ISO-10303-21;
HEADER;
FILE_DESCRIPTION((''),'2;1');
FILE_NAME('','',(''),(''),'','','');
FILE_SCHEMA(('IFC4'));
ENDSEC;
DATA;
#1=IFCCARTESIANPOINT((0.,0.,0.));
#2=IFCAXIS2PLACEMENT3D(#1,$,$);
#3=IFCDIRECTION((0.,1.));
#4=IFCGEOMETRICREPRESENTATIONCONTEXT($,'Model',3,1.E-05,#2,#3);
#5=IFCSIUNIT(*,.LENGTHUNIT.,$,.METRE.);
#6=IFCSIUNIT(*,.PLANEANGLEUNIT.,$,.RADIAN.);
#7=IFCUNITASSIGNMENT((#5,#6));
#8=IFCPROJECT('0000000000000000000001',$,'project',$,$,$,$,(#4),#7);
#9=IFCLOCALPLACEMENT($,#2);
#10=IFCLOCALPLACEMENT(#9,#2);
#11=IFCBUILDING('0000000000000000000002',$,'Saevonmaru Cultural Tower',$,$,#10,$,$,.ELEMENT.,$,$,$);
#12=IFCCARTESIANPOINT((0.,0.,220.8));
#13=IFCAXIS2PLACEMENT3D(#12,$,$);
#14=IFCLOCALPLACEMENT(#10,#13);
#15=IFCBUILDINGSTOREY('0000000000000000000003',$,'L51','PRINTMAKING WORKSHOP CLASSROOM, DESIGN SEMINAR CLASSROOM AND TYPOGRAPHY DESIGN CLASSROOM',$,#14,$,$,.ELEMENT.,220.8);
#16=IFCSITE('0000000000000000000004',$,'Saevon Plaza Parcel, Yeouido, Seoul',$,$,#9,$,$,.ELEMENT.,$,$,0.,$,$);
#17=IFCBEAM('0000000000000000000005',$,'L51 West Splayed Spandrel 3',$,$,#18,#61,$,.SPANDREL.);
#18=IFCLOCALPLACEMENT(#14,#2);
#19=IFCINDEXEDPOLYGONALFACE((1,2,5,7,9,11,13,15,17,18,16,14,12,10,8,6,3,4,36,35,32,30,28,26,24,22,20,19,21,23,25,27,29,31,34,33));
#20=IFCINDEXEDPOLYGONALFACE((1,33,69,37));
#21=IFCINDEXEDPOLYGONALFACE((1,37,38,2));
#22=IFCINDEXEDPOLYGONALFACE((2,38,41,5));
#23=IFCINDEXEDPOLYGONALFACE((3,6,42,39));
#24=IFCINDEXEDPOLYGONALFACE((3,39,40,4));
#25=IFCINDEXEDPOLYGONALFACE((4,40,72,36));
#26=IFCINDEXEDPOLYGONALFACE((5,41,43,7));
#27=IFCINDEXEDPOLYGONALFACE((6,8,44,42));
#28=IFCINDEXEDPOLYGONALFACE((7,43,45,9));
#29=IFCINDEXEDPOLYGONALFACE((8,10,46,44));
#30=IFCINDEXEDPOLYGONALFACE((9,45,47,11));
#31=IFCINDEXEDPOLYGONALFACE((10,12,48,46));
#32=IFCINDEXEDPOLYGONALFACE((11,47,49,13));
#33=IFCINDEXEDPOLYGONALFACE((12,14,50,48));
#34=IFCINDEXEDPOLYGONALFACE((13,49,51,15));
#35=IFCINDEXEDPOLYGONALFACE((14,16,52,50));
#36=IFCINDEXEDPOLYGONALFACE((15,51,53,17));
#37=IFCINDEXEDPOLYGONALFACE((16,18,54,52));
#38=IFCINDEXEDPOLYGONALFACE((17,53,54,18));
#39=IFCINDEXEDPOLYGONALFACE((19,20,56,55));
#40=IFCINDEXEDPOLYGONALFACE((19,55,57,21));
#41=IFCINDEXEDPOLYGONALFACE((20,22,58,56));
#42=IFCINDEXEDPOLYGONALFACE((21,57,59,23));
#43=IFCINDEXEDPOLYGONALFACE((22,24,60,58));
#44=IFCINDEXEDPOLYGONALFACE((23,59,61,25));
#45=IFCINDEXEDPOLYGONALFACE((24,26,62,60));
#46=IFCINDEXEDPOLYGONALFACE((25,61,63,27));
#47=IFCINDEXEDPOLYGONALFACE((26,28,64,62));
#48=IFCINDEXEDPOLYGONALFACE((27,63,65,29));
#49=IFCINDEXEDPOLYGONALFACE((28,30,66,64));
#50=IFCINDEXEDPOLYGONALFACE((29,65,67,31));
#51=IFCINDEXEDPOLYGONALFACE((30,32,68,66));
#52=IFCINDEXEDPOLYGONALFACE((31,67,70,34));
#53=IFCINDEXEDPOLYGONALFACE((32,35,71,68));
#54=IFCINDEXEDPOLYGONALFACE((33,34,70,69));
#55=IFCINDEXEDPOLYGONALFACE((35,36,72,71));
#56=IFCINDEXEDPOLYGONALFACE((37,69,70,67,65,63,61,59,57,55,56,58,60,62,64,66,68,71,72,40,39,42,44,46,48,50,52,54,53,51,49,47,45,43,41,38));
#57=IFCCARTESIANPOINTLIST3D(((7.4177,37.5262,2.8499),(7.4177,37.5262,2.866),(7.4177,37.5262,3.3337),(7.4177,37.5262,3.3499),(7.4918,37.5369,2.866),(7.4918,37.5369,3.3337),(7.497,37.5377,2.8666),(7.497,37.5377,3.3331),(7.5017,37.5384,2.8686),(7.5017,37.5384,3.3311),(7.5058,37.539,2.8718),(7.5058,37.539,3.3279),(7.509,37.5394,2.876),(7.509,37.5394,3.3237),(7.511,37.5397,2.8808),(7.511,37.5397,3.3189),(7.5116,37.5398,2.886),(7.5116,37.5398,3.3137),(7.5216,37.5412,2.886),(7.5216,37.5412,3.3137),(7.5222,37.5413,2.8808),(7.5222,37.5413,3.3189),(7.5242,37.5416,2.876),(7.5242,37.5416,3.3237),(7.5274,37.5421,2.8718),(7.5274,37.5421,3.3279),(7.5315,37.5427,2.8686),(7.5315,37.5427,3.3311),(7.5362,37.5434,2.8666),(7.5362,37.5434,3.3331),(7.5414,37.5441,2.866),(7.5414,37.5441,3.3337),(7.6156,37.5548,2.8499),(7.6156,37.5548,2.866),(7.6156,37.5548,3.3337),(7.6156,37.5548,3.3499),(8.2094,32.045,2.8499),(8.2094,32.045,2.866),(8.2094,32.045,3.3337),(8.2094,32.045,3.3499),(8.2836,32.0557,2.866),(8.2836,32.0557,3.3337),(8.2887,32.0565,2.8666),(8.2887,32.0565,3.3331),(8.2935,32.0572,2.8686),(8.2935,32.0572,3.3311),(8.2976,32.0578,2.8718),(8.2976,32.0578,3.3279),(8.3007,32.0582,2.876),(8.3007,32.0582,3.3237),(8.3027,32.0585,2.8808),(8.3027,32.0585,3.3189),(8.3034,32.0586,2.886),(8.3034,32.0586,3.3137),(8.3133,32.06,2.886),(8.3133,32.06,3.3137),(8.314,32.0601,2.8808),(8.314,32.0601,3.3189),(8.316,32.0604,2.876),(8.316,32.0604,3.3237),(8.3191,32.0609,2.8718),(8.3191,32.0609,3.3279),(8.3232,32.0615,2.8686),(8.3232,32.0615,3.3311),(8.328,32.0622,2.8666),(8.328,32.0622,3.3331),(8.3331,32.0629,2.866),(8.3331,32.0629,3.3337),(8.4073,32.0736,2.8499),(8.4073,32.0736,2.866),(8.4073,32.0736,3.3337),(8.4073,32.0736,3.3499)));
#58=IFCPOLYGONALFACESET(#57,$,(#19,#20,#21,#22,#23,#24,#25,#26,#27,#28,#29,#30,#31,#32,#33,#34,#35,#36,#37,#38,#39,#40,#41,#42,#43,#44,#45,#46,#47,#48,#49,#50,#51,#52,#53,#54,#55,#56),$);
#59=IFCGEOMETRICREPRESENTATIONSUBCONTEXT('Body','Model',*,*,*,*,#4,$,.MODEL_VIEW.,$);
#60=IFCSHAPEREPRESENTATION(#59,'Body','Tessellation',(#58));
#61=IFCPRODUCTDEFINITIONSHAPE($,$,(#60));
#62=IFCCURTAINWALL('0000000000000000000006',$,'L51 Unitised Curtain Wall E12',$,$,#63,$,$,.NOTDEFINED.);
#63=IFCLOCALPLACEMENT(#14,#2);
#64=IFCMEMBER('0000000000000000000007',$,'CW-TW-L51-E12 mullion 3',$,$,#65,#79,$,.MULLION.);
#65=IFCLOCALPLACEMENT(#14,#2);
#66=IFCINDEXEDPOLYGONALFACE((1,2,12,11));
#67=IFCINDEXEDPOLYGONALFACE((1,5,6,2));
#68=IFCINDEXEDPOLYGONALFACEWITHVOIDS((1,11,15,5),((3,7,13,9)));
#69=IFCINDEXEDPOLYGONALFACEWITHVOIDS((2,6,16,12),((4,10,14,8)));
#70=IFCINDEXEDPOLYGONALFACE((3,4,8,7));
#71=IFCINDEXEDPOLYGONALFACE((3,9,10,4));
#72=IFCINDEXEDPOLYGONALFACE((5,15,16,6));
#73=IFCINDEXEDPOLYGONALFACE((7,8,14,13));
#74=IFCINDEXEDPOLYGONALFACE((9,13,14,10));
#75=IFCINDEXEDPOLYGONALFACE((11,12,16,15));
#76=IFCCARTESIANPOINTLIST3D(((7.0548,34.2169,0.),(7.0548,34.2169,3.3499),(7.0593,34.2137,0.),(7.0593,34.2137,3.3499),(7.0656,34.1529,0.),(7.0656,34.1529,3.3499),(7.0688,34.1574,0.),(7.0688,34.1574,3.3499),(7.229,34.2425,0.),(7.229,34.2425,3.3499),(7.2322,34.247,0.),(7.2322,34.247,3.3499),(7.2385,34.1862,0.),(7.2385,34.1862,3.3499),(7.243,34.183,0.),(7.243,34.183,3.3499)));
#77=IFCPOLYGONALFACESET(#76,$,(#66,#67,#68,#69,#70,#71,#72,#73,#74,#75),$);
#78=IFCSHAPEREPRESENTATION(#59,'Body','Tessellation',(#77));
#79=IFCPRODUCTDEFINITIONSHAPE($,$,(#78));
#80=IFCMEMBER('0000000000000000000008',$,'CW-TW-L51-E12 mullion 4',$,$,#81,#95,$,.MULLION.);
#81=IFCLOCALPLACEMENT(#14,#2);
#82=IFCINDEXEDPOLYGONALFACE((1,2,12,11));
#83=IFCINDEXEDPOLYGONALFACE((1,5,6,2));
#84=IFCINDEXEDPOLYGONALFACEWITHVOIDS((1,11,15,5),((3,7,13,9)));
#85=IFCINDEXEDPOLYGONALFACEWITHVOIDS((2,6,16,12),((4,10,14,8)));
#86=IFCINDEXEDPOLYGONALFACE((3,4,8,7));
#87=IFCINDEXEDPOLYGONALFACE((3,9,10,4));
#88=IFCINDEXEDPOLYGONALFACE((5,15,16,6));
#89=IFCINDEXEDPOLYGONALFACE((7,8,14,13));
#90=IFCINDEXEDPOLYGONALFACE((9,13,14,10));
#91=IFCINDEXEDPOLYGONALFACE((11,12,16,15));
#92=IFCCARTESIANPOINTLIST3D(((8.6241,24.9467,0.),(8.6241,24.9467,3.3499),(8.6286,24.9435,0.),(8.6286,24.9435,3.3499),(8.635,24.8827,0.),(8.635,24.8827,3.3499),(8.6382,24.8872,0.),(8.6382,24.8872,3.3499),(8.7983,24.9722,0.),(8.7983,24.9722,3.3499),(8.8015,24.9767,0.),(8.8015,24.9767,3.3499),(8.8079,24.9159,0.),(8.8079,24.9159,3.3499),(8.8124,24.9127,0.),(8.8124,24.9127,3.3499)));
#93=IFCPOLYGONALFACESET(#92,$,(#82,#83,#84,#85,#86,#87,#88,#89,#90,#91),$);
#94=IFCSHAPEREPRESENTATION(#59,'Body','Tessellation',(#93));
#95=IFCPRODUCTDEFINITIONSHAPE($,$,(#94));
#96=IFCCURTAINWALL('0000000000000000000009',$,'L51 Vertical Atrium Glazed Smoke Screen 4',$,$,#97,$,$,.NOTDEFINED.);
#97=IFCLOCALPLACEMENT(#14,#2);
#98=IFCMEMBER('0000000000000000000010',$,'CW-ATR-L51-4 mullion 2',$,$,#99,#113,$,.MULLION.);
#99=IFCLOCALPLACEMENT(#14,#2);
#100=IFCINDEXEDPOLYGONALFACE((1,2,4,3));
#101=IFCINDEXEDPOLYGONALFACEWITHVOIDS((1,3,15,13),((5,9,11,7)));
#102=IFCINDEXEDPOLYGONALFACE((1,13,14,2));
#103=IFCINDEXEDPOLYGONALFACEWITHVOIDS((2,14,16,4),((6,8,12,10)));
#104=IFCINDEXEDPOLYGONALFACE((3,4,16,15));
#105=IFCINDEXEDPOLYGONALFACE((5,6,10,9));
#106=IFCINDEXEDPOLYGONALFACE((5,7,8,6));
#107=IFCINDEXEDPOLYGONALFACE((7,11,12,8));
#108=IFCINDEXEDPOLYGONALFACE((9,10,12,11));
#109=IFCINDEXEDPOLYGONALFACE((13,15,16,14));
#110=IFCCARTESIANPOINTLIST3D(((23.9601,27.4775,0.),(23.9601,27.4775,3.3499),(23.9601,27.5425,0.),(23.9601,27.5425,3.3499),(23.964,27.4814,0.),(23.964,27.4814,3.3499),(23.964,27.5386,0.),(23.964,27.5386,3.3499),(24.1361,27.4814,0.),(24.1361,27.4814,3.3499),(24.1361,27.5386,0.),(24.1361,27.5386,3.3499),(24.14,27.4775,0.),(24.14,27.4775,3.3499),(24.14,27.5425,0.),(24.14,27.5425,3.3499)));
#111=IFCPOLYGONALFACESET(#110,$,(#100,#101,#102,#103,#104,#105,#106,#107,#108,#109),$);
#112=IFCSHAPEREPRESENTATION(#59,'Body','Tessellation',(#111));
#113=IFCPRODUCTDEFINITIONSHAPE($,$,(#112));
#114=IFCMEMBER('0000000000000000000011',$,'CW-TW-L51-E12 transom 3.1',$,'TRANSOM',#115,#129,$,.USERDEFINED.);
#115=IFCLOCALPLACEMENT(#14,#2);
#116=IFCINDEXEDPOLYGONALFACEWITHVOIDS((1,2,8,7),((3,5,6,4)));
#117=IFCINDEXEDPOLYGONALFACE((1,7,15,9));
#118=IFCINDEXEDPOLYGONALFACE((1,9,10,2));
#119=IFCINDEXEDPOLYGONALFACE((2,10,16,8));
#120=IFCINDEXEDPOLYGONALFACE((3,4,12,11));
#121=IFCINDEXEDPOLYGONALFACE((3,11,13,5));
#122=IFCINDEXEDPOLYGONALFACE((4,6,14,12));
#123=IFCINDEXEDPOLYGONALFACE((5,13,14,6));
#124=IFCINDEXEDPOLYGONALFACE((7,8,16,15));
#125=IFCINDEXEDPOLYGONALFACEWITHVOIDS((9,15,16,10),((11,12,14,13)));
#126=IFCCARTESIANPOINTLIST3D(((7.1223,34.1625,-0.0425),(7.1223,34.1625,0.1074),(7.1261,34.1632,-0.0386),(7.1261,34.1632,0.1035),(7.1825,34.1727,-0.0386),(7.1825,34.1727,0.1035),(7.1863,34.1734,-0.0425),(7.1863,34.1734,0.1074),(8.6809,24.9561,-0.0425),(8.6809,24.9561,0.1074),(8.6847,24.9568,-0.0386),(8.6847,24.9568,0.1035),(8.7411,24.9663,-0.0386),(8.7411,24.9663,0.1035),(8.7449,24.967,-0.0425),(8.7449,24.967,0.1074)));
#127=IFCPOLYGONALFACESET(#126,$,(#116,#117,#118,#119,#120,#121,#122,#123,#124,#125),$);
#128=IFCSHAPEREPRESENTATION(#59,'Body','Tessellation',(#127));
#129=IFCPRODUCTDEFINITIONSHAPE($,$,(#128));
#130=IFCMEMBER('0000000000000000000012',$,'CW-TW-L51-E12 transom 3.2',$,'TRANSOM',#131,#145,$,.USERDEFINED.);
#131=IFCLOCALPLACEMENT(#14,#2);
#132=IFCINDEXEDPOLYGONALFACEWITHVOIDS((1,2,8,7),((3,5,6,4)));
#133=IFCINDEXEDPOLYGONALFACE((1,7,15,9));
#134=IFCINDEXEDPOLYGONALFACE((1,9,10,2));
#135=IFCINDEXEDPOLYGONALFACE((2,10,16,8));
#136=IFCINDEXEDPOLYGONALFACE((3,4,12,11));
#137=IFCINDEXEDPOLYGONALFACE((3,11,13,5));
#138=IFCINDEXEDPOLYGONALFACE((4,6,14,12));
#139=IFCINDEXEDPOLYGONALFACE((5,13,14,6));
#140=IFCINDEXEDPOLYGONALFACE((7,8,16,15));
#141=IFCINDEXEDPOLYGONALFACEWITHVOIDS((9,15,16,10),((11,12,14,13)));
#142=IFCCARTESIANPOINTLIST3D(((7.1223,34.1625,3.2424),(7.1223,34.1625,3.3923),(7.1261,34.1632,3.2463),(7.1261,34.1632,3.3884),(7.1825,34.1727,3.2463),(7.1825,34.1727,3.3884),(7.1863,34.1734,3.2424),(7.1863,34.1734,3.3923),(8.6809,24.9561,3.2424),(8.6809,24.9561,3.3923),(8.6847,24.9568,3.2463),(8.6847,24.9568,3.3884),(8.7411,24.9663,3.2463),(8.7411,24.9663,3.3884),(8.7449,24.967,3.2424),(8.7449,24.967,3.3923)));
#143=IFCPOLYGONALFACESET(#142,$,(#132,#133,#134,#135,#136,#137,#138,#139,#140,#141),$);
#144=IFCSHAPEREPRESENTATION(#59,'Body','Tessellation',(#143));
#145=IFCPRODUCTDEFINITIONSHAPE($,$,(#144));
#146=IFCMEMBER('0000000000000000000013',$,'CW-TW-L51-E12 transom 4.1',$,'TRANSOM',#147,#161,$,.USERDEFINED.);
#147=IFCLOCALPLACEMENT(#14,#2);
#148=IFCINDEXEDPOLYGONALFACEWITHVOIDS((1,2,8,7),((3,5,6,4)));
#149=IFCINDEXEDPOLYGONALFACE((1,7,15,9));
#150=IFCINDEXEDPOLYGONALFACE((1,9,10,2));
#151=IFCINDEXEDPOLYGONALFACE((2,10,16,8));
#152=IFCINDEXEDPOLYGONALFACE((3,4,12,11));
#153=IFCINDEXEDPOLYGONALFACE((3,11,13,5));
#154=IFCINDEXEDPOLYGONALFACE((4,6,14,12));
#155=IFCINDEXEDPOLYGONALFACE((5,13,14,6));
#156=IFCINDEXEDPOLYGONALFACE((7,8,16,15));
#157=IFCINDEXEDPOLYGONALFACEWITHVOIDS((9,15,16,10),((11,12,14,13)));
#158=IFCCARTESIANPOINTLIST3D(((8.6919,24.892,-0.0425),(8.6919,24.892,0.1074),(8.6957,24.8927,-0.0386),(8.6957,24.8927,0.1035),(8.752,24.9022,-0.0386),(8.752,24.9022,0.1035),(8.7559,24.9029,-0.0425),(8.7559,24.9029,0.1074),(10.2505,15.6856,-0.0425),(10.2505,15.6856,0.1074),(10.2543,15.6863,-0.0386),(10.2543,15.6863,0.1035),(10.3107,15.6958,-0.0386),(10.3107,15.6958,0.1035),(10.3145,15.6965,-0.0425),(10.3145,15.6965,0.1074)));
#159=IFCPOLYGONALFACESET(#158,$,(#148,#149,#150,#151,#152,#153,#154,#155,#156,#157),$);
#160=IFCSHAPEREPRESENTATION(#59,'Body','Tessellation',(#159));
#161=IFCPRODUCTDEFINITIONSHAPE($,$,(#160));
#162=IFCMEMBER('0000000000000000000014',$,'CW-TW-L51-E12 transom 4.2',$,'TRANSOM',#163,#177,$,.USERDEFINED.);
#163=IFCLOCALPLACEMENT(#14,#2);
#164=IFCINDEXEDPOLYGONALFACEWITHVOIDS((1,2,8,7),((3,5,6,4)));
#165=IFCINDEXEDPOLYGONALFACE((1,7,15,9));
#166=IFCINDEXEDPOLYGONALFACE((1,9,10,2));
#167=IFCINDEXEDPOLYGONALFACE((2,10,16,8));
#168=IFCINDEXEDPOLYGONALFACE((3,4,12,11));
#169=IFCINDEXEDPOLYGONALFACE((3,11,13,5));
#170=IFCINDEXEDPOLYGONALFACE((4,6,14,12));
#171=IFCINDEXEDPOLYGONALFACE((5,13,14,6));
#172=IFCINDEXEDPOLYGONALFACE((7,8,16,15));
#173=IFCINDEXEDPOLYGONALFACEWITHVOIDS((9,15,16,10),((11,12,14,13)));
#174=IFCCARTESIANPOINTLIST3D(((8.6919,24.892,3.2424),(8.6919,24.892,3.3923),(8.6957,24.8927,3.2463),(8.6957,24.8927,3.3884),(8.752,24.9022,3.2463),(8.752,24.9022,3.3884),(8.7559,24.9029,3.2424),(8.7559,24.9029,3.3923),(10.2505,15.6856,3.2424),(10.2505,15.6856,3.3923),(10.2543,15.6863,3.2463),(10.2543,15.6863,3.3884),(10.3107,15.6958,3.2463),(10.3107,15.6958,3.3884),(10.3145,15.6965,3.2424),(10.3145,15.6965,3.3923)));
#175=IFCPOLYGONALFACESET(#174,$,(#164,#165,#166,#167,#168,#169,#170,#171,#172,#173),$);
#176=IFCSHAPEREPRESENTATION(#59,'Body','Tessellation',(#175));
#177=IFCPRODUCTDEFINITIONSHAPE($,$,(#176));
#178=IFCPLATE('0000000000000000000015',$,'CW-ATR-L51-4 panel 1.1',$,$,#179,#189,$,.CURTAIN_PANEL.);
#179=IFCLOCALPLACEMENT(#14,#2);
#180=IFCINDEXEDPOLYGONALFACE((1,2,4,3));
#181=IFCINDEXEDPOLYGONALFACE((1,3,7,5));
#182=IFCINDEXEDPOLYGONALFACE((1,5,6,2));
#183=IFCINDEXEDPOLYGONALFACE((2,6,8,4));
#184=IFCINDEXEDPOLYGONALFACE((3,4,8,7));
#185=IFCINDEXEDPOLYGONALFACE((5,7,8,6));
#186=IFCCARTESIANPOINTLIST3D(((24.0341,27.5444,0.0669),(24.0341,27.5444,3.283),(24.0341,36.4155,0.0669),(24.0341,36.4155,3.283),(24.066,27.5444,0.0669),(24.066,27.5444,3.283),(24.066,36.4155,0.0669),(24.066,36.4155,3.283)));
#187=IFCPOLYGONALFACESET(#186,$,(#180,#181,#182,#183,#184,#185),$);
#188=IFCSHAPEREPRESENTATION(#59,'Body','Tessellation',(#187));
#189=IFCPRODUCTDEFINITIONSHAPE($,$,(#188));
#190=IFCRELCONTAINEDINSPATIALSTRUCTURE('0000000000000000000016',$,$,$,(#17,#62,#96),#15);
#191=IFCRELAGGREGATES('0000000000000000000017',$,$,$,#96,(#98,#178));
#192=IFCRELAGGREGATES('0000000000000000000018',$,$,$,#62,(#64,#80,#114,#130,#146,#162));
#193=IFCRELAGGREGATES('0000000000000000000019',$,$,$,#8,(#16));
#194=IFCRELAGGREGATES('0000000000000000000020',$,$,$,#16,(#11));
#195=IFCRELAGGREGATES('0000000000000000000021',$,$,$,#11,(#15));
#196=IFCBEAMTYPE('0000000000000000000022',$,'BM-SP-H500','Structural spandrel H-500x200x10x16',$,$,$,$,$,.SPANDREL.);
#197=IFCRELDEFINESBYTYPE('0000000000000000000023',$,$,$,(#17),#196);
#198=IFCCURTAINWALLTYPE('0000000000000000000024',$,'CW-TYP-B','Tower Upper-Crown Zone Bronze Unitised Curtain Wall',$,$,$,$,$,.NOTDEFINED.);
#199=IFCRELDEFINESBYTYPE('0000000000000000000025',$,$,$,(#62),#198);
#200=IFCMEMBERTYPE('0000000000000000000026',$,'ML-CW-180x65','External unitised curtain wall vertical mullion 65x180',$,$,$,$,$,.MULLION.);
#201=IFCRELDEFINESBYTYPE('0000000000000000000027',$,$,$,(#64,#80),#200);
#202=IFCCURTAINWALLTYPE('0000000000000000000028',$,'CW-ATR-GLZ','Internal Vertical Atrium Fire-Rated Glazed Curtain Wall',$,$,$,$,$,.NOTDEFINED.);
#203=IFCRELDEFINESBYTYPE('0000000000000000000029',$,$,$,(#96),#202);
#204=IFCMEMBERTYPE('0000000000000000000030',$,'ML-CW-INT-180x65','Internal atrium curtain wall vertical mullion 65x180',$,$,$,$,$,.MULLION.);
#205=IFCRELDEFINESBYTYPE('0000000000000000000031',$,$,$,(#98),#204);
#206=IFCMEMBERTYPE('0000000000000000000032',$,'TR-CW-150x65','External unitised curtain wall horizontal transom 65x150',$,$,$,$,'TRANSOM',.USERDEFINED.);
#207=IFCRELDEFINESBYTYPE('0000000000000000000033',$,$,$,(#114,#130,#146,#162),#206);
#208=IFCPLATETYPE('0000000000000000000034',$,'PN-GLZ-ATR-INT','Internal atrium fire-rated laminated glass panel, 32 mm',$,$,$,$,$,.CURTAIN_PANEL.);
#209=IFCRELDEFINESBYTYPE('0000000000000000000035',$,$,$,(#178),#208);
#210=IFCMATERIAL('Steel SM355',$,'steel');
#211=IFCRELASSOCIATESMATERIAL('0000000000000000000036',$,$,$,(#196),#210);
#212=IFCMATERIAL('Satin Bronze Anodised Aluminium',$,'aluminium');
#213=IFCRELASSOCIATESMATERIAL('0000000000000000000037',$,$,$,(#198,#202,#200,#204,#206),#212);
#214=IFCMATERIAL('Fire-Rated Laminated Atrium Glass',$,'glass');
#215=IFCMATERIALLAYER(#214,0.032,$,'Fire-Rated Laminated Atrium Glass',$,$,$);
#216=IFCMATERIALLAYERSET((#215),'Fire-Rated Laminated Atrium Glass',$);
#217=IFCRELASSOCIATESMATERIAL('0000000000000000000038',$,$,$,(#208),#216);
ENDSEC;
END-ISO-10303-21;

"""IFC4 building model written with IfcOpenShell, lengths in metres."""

from ifc_helpers import new_model, si_unit, direction, frame, origin, origin_2d, place, context, subcontext, project, spatial, rectangle, hollow_rectangle, i_section, extrude, material, layer, layer_set, material_profile, profile_set, type_object, element, aggregate, save


model = new_model("IFC4")

# Units and contexts
model_context = context("Model", 3, precision=1e-05, world=origin(), true_north=direction((0.0, 1.0)))
body_context = subcontext(model_context, "Body", "Model", "MODEL_VIEW")
ifc_project = project(units=[si_unit("LENGTHUNIT", "METRE"), si_unit("PLANEANGLEUNIT", "RADIAN")], contexts=[model_context])

# Site, building, storey
site_placement = place(None, origin())
site = spatial("IfcSite", under=ifc_project, at=site_placement, Name="Saevon Plaza Parcel, Yeouido, Seoul", CompositionType="ELEMENT", RefElevation=0.0)
building_placement = place(site_placement, origin())
building = spatial("IfcBuilding", under=site, at=building_placement, Name="Saevonmaru Cultural Tower", CompositionType="ELEMENT")
storey_placement = place(building_placement, frame((0.0, 0.0, 220.8)))
storey = spatial("IfcBuildingStorey", under=building, at=storey_placement, Name="L51", Description="PRINTMAKING WORKSHOP CLASSROOM, DESIGN SEMINAR CLASSROOM AND TYPOGRAPHY DESIGN CLASSROOM", CompositionType="ELEMENT", Elevation=220.8)

# Shared definitions
ifc_material_1 = material(Name="Steel SM355", Category="steel")

# Beam
ifc_material_profile_1 = material_profile(ifc_material_1, i_section(OverallWidth=0.2, OverallDepth=0.5, WebThickness=0.01, FlangeThickness=0.0161, FilletRadius=0.02, at=origin_2d()), Name="H-500x200x10x16")
ifc_profile_set_1 = profile_set([ifc_material_profile_1], Name="Steel SM355")
beam_type_1 = type_object("IfcBeamType", Name="BM-SP-H500", Description="Structural spandrel H-500x200x10x16", PredefinedType="SPANDREL", material=ifc_profile_set_1)
beam_1_placement = place(storey_placement, frame((8.3083, 32.0593, 3.0999), z_axis=(-0.142964, 0.989728, 0.0), x_axis=(-0.989728, -0.142964, 0.0)))
element("IfcBeam", 1, at=beam_1_placement, inside=storey, type_object=beam_type_1, Name="L51 West Splayed Spandrel 3", PredefinedType="SPANDREL", context=body_context, shape_type="SweptSolid", body=[
    extrude(i_section(OverallWidth=0.2, OverallDepth=0.5, WebThickness=0.01, FlangeThickness=0.0161, FilletRadius=0.02, at=origin_2d()), origin(), (0.0, 0.0, 1.0), 5.5381),
])

# Curtain wall, members
ifc_material_2 = material(Name="Satin Bronze Anodised Aluminium", Category="aluminium")
curtain_wall_type_1 = type_object("IfcCurtainWallType", Name="CW-TYP-B", Description="Tower Upper-Crown Zone Bronze Unitised Curtain Wall", PredefinedType="NOTDEFINED", material=ifc_material_2)
curtain_wall_1_placement = place(storey_placement, origin())
curtain_wall_1 = element("IfcCurtainWall", 2, at=curtain_wall_1_placement, inside=storey, type_object=curtain_wall_type_1, Name="L51 Unitised Curtain Wall E12", PredefinedType="NOTDEFINED")
ifc_material_profile_2 = material_profile(ifc_material_2, hollow_rectangle(XDim=0.0649, YDim=0.1799, WallThickness=0.0039, at=origin_2d()), Name="ALU-MULL-180x65x4")
ifc_profile_set_2 = profile_set([ifc_material_profile_2], Name="Satin Bronze Anodised Aluminium")
member_type_1 = type_object("IfcMemberType", Name="ML-CW-180x65", Description="External unitised curtain wall vertical mullion 65x180", PredefinedType="MULLION", material=ifc_profile_set_2)
member_1_placement = place(storey_placement, frame((7.1489, 34.2, 0.0), z_axis=(0.0, 0.0, 1.0), x_axis=(0.166922, -0.98597, 0.0)))
member_1 = element("IfcMember", 3, at=member_1_placement, type_object=member_type_1, Name="CW-TW-L51-E12 mullion 3", PredefinedType="MULLION", context=body_context, shape_type="SweptSolid", body=[
    extrude(hollow_rectangle(XDim=0.0649, YDim=0.1799, WallThickness=0.0039, at=origin_2d()), origin(), (0.0, 0.0, 1.0), 3.3499),
])
member_2_placement = place(storey_placement, frame((8.7183, 24.9297, 0.0), z_axis=(0.0, 0.0, 1.0), x_axis=(0.166922, -0.98597, 0.0)))
member_2 = element("IfcMember", 4, at=member_2_placement, type_object=member_type_1, Name="CW-TW-L51-E12 mullion 4", PredefinedType="MULLION", context=body_context, shape_type="SweptSolid", body=[
    extrude(hollow_rectangle(XDim=0.0649, YDim=0.1799, WallThickness=0.0039, at=origin_2d()), origin(), (0.0, 0.0, 1.0), 3.3499),
])

# Curtain wall, member
curtain_wall_type_2 = type_object("IfcCurtainWallType", Name="CW-ATR-GLZ", Description="Internal Vertical Atrium Fire-Rated Glazed Curtain Wall", PredefinedType="NOTDEFINED", material=ifc_material_2)
curtain_wall_2_placement = place(storey_placement, origin())
curtain_wall_2 = element("IfcCurtainWall", 5, at=curtain_wall_2_placement, inside=storey, type_object=curtain_wall_type_2, Name="L51 Vertical Atrium Glazed Smoke Screen 4", PredefinedType="NOTDEFINED")
ifc_material_profile_3 = material_profile(ifc_material_2, hollow_rectangle(XDim=0.0649, YDim=0.1799, WallThickness=0.0039, at=origin_2d()), Name="ALU-MULL-180x65x4")
ifc_profile_set_3 = profile_set([ifc_material_profile_3], Name="Satin Bronze Anodised Aluminium")
member_type_2 = type_object("IfcMemberType", Name="ML-CW-INT-180x65", Description="Internal atrium curtain wall vertical mullion 65x180", PredefinedType="MULLION", material=ifc_profile_set_3)
member_3_placement = place(storey_placement, frame((24.05, 27.51, 0.0), z_axis=(0.0, 0.0, 1.0), x_axis=(0.0, -1.0, 0.0)))
member_3 = element("IfcMember", 6, at=member_3_placement, type_object=member_type_2, Name="CW-ATR-L51-4 mullion 2", PredefinedType="MULLION", context=body_context, shape_type="SweptSolid", body=[
    extrude(hollow_rectangle(XDim=0.0649, YDim=0.1799, WallThickness=0.0039, at=origin_2d()), origin(), (0.0, 0.0, 1.0), 3.3499),
])

# Members
ifc_material_profile_4 = material_profile(ifc_material_2, hollow_rectangle(XDim=0.0649, YDim=0.1499, WallThickness=0.0039, at=origin_2d()), Name="ALU-TRAN-150x65x4")
ifc_profile_set_4 = profile_set([ifc_material_profile_4], Name="Satin Bronze Anodised Aluminium")
member_type_3 = type_object("IfcMemberType", Name="TR-CW-150x65", Description="External unitised curtain wall horizontal transom 65x150", ElementType="TRANSOM", PredefinedType="USERDEFINED", material=ifc_profile_set_4)
member_4_placement = place(storey_placement, frame((7.1543, 34.168, 0.0325), z_axis=(0.166921, -0.98597, 0.0), x_axis=(0.98597, 0.166921, 0.0)))
member_4 = element("IfcMember", 7, at=member_4_placement, type_object=member_type_3, Name="CW-TW-L51-E12 transom 3.1", ObjectType="TRANSOM", PredefinedType="USERDEFINED", context=body_context, shape_type="SweptSolid", body=[
    extrude(hollow_rectangle(XDim=0.0649, YDim=0.1499, WallThickness=0.0039, at=origin_2d()), origin(), (0.0, 0.0, 1.0), 9.3374),
])
member_5_placement = place(storey_placement, frame((7.1543, 34.168, 3.3174), z_axis=(0.166921, -0.98597, 0.0), x_axis=(0.98597, 0.166921, 0.0)))
member_5 = element("IfcMember", 8, at=member_5_placement, type_object=member_type_3, Name="CW-TW-L51-E12 transom 3.2", ObjectType="TRANSOM", PredefinedType="USERDEFINED", context=body_context, shape_type="SweptSolid", body=[
    extrude(hollow_rectangle(XDim=0.0649, YDim=0.1499, WallThickness=0.0039, at=origin_2d()), origin(), (0.0, 0.0, 1.0), 9.3374),
])
member_6_placement = place(storey_placement, frame((8.7239, 24.8975, 0.0325), z_axis=(0.166921, -0.98597, 0.0), x_axis=(0.98597, 0.166921, 0.0)))
member_6 = element("IfcMember", 9, at=member_6_placement, type_object=member_type_3, Name="CW-TW-L51-E12 transom 4.1", ObjectType="TRANSOM", PredefinedType="USERDEFINED", context=body_context, shape_type="SweptSolid", body=[
    extrude(hollow_rectangle(XDim=0.0649, YDim=0.1499, WallThickness=0.0039, at=origin_2d()), origin(), (0.0, 0.0, 1.0), 9.3374),
])
member_7_placement = place(storey_placement, frame((8.7239, 24.8975, 3.3174), z_axis=(0.166921, -0.98597, 0.0), x_axis=(0.98597, 0.166921, 0.0)))
member_7 = element("IfcMember", 10, at=member_7_placement, type_object=member_type_3, Name="CW-TW-L51-E12 transom 4.2", ObjectType="TRANSOM", PredefinedType="USERDEFINED", context=body_context, shape_type="SweptSolid", body=[
    extrude(hollow_rectangle(XDim=0.0649, YDim=0.1499, WallThickness=0.0039, at=origin_2d()), origin(), (0.0, 0.0, 1.0), 9.3374),
])

# Plate
ifc_material_3 = material(Name="Fire-Rated Laminated Atrium Glass", Category="glass")
ifc_layer_1 = layer(ifc_material_3, 0.032, Name="Fire-Rated Laminated Atrium Glass")
ifc_layer_set_1 = layer_set([ifc_layer_1], Name="Fire-Rated Laminated Atrium Glass")
plate_type_1 = type_object("IfcPlateType", Name="PN-GLZ-ATR-INT", Description="Internal atrium fire-rated laminated glass panel, 32 mm", PredefinedType="CURTAIN_PANEL", material=ifc_layer_set_1)
plate_1_placement = place(storey_placement, frame((24.05, 31.98, 0.0669), z_axis=(0.0, 0.0, 1.0), x_axis=(0.0, -1.0, 0.0)))
plate_1 = element("IfcPlate", 11, at=plate_1_placement, type_object=plate_type_1, Name="CW-ATR-L51-4 panel 1.1", PredefinedType="CURTAIN_PANEL", context=body_context, shape_type="SweptSolid", body=[
    extrude(rectangle(XDim=8.8711, YDim=0.032, at=origin_2d()), origin(), (0.0, 0.0, 1.0), 3.2161),
])
aggregate(curtain_wall_2, [member_3, plate_1])
aggregate(curtain_wall_1, [member_1, member_2, member_4, member_5, member_6, member_7])

save(model, "model.ifc")
